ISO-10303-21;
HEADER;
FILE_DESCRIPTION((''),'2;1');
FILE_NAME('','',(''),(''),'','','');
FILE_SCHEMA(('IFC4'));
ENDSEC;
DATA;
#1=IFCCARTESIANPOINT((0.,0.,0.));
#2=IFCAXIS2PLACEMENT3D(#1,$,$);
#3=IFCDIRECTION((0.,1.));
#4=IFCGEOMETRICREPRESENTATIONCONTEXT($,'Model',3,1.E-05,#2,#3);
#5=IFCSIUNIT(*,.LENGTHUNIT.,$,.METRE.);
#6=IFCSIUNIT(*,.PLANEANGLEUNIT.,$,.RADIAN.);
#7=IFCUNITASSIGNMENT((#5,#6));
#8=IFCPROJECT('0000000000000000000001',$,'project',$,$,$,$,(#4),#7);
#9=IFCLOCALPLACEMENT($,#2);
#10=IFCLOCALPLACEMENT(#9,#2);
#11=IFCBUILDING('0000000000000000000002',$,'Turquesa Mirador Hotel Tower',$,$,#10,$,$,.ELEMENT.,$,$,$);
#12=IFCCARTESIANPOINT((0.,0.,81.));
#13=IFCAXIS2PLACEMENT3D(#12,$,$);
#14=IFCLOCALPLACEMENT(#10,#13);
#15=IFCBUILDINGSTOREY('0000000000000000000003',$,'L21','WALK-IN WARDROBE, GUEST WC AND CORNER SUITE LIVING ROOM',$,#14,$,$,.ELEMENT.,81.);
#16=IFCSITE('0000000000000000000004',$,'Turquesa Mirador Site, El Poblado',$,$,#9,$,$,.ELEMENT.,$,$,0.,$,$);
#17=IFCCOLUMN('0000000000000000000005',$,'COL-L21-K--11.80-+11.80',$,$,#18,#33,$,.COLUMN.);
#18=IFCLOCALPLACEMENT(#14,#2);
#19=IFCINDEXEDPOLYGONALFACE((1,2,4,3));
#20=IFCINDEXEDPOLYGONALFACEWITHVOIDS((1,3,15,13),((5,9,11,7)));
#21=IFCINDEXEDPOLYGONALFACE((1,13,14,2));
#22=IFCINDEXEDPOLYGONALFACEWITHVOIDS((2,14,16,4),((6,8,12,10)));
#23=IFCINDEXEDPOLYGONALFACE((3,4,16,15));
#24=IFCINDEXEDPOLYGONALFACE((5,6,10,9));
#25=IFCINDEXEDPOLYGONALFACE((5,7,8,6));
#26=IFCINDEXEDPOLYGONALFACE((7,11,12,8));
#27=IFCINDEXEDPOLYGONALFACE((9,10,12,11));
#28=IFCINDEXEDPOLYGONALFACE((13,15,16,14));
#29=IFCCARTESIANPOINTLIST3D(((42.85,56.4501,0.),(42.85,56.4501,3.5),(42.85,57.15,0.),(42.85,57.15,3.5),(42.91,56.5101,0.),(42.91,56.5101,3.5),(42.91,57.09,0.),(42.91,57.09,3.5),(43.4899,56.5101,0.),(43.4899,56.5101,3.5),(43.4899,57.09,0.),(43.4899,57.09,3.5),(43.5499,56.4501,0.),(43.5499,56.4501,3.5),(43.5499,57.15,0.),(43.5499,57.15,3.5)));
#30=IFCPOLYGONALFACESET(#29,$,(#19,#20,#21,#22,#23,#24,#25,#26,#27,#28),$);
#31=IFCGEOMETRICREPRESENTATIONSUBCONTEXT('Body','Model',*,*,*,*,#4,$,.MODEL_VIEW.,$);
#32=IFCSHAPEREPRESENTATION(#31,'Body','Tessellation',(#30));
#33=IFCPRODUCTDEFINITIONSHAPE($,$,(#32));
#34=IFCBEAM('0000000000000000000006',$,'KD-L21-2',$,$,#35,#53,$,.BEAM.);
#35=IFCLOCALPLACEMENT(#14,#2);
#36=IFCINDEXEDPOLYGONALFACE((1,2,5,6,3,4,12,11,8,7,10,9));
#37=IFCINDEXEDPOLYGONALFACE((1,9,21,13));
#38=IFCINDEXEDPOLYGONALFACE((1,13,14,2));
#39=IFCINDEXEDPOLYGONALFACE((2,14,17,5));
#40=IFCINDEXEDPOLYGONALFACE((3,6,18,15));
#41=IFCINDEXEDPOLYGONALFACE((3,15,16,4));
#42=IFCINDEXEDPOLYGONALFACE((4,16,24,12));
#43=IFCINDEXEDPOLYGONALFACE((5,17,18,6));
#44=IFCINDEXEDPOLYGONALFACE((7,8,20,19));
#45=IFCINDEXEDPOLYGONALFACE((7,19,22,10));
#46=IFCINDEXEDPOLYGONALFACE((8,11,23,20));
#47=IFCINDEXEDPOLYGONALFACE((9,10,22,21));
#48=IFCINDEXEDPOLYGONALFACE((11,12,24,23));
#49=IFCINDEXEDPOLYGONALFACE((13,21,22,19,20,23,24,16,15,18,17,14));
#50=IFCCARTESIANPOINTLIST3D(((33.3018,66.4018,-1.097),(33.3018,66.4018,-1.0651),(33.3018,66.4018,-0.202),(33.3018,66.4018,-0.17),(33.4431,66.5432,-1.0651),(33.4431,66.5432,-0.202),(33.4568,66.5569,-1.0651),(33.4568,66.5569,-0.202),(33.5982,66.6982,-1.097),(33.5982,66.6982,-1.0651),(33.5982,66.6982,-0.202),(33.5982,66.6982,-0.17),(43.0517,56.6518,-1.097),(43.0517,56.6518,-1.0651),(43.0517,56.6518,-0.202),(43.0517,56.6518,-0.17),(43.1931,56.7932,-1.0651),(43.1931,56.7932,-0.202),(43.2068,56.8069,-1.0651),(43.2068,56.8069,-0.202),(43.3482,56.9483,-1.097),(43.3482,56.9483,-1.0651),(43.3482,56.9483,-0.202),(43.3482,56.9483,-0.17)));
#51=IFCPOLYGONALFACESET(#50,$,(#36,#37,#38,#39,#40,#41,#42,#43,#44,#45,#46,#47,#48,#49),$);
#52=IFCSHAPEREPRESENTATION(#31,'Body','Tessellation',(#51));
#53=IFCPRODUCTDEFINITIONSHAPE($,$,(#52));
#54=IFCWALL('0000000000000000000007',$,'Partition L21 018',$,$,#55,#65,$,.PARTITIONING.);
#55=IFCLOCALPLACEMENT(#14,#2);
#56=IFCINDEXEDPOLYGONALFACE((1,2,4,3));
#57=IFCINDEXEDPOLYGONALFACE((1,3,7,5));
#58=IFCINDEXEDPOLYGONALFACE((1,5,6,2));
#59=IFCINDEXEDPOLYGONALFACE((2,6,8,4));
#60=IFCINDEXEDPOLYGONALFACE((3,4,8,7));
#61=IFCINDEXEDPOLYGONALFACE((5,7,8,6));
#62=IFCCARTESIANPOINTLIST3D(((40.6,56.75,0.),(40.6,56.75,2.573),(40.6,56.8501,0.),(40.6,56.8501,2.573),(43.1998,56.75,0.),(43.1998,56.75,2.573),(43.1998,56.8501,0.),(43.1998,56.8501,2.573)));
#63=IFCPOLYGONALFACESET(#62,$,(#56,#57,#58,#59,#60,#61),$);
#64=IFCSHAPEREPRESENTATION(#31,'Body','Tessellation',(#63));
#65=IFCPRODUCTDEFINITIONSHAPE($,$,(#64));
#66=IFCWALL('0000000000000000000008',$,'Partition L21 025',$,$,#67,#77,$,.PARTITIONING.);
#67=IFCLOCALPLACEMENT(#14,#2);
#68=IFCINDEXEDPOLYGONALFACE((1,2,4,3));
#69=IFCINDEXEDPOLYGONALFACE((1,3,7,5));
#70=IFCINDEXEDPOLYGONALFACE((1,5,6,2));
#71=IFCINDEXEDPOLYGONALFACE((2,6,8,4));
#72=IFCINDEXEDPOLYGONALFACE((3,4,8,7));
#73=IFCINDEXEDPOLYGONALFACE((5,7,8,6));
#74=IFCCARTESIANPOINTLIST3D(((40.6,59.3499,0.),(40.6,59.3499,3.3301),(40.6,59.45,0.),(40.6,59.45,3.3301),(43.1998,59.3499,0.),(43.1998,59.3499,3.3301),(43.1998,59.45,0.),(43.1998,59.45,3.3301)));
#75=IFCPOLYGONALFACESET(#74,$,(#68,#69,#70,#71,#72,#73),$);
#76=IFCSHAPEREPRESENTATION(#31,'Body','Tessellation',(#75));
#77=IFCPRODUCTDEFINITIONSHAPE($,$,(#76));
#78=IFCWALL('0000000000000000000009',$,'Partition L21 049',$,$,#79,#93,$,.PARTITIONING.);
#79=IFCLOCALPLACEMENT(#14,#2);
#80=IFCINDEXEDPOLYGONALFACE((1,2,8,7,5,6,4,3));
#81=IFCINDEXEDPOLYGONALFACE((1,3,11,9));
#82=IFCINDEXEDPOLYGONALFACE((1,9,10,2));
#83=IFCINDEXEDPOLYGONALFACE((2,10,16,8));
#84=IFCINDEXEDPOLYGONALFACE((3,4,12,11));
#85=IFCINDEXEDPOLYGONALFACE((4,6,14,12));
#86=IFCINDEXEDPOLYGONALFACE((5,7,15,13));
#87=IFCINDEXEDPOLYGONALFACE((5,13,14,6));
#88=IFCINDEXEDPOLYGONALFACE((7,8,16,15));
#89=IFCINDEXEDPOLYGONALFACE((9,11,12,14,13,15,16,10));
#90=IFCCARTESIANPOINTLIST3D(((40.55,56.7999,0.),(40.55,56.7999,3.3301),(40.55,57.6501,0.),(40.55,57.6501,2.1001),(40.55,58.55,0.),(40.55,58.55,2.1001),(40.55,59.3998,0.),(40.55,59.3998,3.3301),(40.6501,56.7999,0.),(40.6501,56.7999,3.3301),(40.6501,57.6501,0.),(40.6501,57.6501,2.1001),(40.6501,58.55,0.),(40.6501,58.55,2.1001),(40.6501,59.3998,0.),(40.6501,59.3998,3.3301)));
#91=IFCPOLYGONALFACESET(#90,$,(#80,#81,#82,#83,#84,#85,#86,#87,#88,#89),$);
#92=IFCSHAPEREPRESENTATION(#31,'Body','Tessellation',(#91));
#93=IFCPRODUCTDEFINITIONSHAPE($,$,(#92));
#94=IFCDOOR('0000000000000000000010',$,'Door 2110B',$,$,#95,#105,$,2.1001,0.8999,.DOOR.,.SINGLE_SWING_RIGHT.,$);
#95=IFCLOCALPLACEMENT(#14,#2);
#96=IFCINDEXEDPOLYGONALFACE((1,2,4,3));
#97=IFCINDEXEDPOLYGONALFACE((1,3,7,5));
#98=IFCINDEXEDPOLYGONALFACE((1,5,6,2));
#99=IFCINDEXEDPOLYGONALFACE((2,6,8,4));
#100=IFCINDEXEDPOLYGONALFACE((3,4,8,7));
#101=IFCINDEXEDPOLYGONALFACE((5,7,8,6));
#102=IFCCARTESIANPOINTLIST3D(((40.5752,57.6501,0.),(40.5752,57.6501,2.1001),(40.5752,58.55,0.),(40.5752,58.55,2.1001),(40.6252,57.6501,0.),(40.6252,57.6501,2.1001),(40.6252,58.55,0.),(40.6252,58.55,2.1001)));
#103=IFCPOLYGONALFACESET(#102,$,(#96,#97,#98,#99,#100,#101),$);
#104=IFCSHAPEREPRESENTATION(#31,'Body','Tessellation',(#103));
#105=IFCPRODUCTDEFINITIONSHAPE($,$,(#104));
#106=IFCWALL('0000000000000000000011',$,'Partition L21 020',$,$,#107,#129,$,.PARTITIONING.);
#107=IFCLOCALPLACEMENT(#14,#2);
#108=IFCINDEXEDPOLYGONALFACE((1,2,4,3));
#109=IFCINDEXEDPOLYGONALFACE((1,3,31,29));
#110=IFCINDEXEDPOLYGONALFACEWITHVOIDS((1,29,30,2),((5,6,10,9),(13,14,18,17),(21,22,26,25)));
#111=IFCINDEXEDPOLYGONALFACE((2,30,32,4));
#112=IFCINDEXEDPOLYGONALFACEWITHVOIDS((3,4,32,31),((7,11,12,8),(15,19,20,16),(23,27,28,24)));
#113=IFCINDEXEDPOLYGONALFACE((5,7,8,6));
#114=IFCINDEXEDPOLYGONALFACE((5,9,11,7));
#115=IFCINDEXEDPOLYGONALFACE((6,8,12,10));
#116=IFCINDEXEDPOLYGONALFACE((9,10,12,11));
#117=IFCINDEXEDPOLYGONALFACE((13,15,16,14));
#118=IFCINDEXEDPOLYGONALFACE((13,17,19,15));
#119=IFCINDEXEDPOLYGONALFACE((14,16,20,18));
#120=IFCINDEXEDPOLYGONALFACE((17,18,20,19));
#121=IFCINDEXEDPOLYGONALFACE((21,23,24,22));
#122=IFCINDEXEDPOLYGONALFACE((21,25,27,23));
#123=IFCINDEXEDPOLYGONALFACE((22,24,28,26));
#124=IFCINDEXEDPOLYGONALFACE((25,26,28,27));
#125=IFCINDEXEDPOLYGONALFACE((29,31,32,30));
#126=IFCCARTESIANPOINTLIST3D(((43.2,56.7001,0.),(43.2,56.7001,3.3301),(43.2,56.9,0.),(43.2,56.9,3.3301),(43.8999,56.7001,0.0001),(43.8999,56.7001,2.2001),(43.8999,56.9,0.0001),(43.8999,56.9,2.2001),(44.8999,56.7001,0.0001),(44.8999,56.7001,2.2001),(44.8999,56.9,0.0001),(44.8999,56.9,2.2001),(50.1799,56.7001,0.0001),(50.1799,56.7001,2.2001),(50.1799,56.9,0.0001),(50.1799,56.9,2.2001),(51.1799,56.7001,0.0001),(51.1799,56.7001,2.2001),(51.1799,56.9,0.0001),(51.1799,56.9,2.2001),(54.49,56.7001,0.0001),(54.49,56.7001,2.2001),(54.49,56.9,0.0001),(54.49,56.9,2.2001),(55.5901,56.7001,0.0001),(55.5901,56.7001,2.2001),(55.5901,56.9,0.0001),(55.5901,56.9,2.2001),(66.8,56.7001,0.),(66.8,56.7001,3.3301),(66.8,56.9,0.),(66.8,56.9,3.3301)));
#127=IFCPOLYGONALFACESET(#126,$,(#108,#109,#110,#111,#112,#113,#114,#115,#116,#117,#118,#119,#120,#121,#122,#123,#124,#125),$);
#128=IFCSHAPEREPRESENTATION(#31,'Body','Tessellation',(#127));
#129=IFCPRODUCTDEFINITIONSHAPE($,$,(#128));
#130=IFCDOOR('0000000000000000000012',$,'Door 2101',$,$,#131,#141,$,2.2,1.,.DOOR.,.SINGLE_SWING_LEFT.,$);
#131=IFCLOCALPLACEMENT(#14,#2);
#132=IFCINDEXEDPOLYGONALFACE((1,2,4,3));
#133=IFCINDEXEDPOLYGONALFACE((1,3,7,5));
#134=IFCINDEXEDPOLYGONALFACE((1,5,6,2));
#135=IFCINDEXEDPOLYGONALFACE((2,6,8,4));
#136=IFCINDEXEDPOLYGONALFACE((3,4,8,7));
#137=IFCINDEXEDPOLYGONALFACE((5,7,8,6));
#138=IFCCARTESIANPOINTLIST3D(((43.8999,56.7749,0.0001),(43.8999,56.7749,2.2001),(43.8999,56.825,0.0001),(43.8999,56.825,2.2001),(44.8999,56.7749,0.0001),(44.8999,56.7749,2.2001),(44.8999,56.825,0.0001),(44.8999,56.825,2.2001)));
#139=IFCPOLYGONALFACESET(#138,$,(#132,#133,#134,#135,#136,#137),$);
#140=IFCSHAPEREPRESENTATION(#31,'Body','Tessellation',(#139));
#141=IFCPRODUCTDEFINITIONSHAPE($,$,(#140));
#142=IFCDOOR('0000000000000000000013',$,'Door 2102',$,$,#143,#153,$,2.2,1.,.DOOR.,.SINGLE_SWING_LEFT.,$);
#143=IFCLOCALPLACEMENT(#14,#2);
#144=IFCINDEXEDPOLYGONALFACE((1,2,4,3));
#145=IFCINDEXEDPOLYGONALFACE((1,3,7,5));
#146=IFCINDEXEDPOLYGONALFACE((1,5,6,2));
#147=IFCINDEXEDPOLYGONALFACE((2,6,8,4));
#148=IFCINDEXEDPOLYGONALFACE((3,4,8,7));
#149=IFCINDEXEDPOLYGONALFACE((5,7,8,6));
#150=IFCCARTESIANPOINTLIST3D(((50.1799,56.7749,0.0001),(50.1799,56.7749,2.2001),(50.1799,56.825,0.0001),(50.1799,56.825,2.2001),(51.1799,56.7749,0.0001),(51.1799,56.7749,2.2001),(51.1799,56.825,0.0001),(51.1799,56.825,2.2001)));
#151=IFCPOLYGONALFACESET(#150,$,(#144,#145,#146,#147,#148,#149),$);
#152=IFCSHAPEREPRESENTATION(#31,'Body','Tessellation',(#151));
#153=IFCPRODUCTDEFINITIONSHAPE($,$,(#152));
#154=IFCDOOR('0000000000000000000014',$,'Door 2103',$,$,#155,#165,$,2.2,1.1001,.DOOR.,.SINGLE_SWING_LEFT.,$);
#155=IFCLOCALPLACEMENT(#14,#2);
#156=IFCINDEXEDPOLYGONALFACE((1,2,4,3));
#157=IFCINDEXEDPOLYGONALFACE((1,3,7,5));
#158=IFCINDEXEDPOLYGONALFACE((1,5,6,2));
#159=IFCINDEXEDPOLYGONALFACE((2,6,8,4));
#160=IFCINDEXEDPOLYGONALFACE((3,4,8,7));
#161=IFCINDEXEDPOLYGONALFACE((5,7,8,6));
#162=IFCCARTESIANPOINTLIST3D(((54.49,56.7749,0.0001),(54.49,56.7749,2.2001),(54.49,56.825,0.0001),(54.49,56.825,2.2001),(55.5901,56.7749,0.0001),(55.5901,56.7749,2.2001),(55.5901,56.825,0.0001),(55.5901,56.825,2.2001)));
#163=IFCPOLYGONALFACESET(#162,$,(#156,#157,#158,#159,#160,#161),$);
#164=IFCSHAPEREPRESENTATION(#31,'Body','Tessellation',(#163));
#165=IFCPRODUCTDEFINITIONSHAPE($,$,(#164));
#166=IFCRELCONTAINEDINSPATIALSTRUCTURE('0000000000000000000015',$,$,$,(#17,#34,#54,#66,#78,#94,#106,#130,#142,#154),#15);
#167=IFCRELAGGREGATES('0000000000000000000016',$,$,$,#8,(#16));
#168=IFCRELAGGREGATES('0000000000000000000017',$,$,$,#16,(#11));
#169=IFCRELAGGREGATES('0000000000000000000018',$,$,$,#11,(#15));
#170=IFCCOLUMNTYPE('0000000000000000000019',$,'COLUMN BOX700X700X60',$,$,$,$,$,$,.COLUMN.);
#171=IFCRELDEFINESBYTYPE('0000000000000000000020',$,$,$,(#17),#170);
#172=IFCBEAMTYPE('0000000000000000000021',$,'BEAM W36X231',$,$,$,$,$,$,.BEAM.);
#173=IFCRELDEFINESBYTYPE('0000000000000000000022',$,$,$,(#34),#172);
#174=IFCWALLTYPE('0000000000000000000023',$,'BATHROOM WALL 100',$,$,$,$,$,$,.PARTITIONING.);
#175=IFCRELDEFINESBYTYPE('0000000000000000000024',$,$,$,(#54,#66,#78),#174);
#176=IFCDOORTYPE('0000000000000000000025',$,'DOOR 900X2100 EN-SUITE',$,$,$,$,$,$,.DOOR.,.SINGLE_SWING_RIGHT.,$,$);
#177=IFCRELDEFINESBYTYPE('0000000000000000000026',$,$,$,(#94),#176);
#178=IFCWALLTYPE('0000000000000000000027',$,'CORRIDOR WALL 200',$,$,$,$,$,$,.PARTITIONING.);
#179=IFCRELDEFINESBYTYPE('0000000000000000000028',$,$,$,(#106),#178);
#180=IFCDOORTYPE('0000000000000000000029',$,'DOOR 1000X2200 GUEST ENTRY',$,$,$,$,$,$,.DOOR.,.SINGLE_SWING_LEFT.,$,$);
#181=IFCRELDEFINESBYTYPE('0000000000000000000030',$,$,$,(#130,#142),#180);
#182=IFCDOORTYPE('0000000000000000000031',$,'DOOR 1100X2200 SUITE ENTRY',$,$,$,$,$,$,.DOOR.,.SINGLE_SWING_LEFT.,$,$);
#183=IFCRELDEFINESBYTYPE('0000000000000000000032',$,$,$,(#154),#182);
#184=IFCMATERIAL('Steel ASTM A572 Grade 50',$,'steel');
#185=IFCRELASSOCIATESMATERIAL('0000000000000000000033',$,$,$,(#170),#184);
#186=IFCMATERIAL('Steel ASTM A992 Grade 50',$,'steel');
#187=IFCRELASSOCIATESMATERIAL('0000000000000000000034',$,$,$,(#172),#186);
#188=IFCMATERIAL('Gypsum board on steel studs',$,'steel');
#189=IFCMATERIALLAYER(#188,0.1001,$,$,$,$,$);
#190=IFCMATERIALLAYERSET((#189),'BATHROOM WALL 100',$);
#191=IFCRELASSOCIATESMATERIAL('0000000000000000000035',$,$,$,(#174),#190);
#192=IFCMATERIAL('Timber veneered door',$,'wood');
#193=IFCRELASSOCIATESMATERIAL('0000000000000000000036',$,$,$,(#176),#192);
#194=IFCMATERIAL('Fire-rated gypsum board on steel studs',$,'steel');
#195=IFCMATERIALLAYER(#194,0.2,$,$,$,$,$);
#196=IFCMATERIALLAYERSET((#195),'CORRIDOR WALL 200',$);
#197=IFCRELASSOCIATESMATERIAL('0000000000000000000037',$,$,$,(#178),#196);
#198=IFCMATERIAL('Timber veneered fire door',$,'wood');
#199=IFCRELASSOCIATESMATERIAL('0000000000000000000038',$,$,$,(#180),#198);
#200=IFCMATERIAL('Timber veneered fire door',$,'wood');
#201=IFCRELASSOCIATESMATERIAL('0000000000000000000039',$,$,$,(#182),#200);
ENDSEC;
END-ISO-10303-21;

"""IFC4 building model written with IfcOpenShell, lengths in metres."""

from ifc_helpers import new_model, si_unit, direction, frame, frame_2d, origin, origin_2d, place, context, subcontext, project, spatial, rectangle, hollow_rectangle, i_section, extrude, material, layer, layer_set, material_profile, profile_set, type_object, element, fill, save


model = new_model("IFC4")

# Units and contexts
model_context = context("Model", 3, precision=1e-05, world=origin(), true_north=direction((0.0, 1.0)))
body_context = subcontext(model_context, "Body", "Model", "MODEL_VIEW")
ifc_project = project(units=[si_unit("LENGTHUNIT", "METRE"), si_unit("PLANEANGLEUNIT", "RADIAN")], contexts=[model_context])

# Site, building, storey
site_placement = place(None, origin())
site = spatial("IfcSite", under=ifc_project, at=site_placement, Name="Turquesa Mirador Site, El Poblado", CompositionType="ELEMENT", RefElevation=0.0)
building_placement = place(site_placement, origin())
building = spatial("IfcBuilding", under=site, at=building_placement, Name="Turquesa Mirador Hotel Tower", CompositionType="ELEMENT")
storey_placement = place(building_placement, frame((0.0, 0.0, 81.0)))
storey = spatial("IfcBuildingStorey", under=building, at=storey_placement, Name="L21", Description="WALK-IN WARDROBE, GUEST WC AND CORNER SUITE LIVING ROOM", CompositionType="ELEMENT", Elevation=81.0)

# Column
ifc_material_1 = material(Name="Steel ASTM A572 Grade 50", Category="steel")
ifc_material_profile_1 = material_profile(ifc_material_1, hollow_rectangle(XDim=0.7, YDim=0.7, WallThickness=0.0601, at=origin_2d()), Name="BOX700X700X60")
ifc_profile_set_1 = profile_set([ifc_material_profile_1], Name="Steel ASTM A572 Grade 50")
column_type = type_object("IfcColumnType", Name="COLUMN BOX700X700X60", PredefinedType="COLUMN", material=ifc_profile_set_1)
column_placement = place(storey_placement, frame((43.2, 56.8, 0.0), z_axis=(0.0, 0.0, 1.0), x_axis=(1.0, 0.0, 0.0)))
element("IfcColumn", 1, at=column_placement, inside=storey, type_object=column_type, Name="COL-L21-K--11.80-+11.80", PredefinedType="COLUMN", context=body_context, shape_type="SweptSolid", body=[
    extrude(hollow_rectangle(XDim=0.7, YDim=0.7, WallThickness=0.0601, at=origin_2d()), origin(), (0.0, 0.0, 1.0), 3.5),
])

# Beam
ifc_material_2 = material(Name="Steel ASTM A992 Grade 50", Category="steel")
ifc_material_profile_2 = material_profile(ifc_material_2, i_section(OverallWidth=0.4192, OverallDepth=0.927, WebThickness=0.0193, FlangeThickness=0.032, at=origin_2d()), Name="W36X231")
ifc_profile_set_2 = profile_set([ifc_material_profile_2], Name="Steel ASTM A992 Grade 50")
beam_type = type_object("IfcBeamType", Name="BEAM W36X231", PredefinedType="BEAM", material=ifc_profile_set_2)
beam_placement = place(storey_placement, frame((43.2, 56.8, -0.6335), z_axis=(-0.707107, 0.707107, 0.0), x_axis=(-0.707107, -0.707107, 0.0)))
element("IfcBeam", 2, at=beam_placement, inside=storey, type_object=beam_type, Name="KD-L21-2", PredefinedType="BEAM", context=body_context, shape_type="SweptSolid", body=[
    extrude(i_section(OverallWidth=0.4192, OverallDepth=0.927, WebThickness=0.0193, FlangeThickness=0.032, at=origin_2d()), origin(), (0.0, 0.0, 1.0), 13.7886),
])

# Walls
ifc_material_3 = material(Name="Gypsum board on steel studs", Category="steel")
ifc_layer_1 = layer(ifc_material_3, 0.1001)
ifc_layer_set_1 = layer_set([ifc_layer_1], Name="BATHROOM WALL 100")
wall_type_1 = type_object("IfcWallType", Name="BATHROOM WALL 100", PredefinedType="PARTITIONING", material=ifc_layer_set_1)
wall_1_placement = place(storey_placement, frame((40.6001, 56.8, 0.0), z_axis=(0.0, 0.0, 1.0), x_axis=(1.0, 0.0, 0.0)))
element("IfcWall", 3, at=wall_1_placement, inside=storey, type_object=wall_type_1, Name="Partition L21 018", PredefinedType="PARTITIONING", context=body_context, shape_type="SweptSolid", body=[
    extrude(rectangle(XDim=2.5999, YDim=0.1001, at=frame_2d((1.2998, 0.0))), origin(), (0.0, 0.0, 1.0), 2.573),
])
wall_2_placement = place(storey_placement, frame((40.6001, 59.3999, 0.0), z_axis=(0.0, 0.0, 1.0), x_axis=(1.0, 0.0, 0.0)))
element("IfcWall", 4, at=wall_2_placement, inside=storey, type_object=wall_type_1, Name="Partition L21 025", PredefinedType="PARTITIONING", context=body_context, shape_type="SweptSolid", body=[
    extrude(rectangle(XDim=2.5999, YDim=0.1001, at=frame_2d((1.2998, 0.0))), origin(), (0.0, 0.0, 1.0), 3.3301),
])

# Wall, opening, door
wall_3_placement = place(storey_placement, frame((40.6001, 56.8, 0.0), z_axis=(0.0, 0.0, 1.0), x_axis=(0.0, 1.0, 0.0)))
wall_3 = element("IfcWall", 5, at=wall_3_placement, inside=storey, type_object=wall_type_1, Name="Partition L21 049", PredefinedType="PARTITIONING", context=body_context, shape_type="SweptSolid", body=[
    extrude(rectangle(XDim=2.5999, YDim=0.1001, at=frame_2d((1.2998, 0.0))), origin(), (0.0, 0.0, 1.0), 3.3301),
])
opening_1_placement = place(wall_3_placement, frame((0.8501, 0.0, 0.0)))
opening_1 = element("IfcOpeningElement", 6, at=opening_1_placement, cuts=wall_3, PredefinedType="OPENING", context=body_context, shape_type="SweptSolid", body=[
    extrude(rectangle(XDim=0.8999, YDim=2.1001, at=frame_2d((0.45, 1.05))), frame((0.0, 0.0601, 0.0), z_axis=(0.0, -1.0, 0.0), x_axis=(1.0, 0.0, 0.0)), (0.0, 0.0, 1.0), 0.1201),
])
ifc_material_4 = material(Name="Timber veneered door", Category="wood")
door_type_1 = type_object("IfcDoorType", Name="DOOR 900X2100 EN-SUITE", OperationType="SINGLE_SWING_RIGHT", PredefinedType="DOOR", material=ifc_material_4)
door_1_placement = place(opening_1_placement, origin())
door_1 = element("IfcDoor", 7, at=door_1_placement, inside=storey, type_object=door_type_1, Name="Door 2110B", OperationType="SINGLE_SWING_RIGHT", OverallHeight=2.1001, OverallWidth=0.8999, PredefinedType="DOOR", context=body_context, shape_type="SweptSolid", body=[
    extrude(rectangle(XDim=0.8999, YDim=2.1001, at=frame_2d((0.45, 1.05))), frame((0.0, 0.0249, 0.0), z_axis=(0.0, -1.0, 0.0), x_axis=(1.0, 0.0, 0.0)), (0.0, 0.0, 1.0), 0.05),
])
fill(opening_1, door_1)

# Wall, openings, doors
ifc_material_5 = material(Name="Fire-rated gypsum board on steel studs", Category="steel")
ifc_layer_2 = layer(ifc_material_5, 0.2)
ifc_layer_set_2 = layer_set([ifc_layer_2], Name="CORRIDOR WALL 200")
wall_type_2 = type_object("IfcWallType", Name="CORRIDOR WALL 200", PredefinedType="PARTITIONING", material=ifc_layer_set_2)
wall_4_placement = place(storey_placement, frame((43.2, 56.8, 0.0), z_axis=(0.0, 0.0, 1.0), x_axis=(1.0, 0.0, 0.0)))
wall_4 = element("IfcWall", 8, at=wall_4_placement, inside=storey, type_object=wall_type_2, Name="Partition L21 020", PredefinedType="PARTITIONING", context=body_context, shape_type="SweptSolid", body=[
    extrude(rectangle(XDim=23.6001, YDim=0.2, at=frame_2d((11.8, 0.0))), origin(), (0.0, 0.0, 1.0), 3.3301),
])
opening_2_placement = place(wall_4_placement, frame((0.7, 0.0, 0.0)))
opening_2 = element("IfcOpeningElement", 9, at=opening_2_placement, cuts=wall_4, PredefinedType="OPENING", context=body_context, shape_type="SweptSolid", body=[
    extrude(rectangle(XDim=1.0, YDim=2.2, at=frame_2d((0.5, 1.1001))), frame((0.0, 0.1099, 0.0), z_axis=(0.0, -1.0, 0.0), x_axis=(1.0, 0.0, 0.0)), (0.0, 0.0, 1.0), 0.22),
])
opening_3_placement = place(wall_4_placement, frame((6.98, 0.0, 0.0)))
opening_3 = element("IfcOpeningElement", 10, at=opening_3_placement, cuts=wall_4, PredefinedType="OPENING", context=body_context, shape_type="SweptSolid", body=[
    extrude(rectangle(XDim=1.0, YDim=2.2, at=frame_2d((0.5, 1.1001))), frame((0.0, 0.1099, 0.0), z_axis=(0.0, -1.0, 0.0), x_axis=(1.0, 0.0, 0.0)), (0.0, 0.0, 1.0), 0.22),
])
opening_4_placement = place(wall_4_placement, frame((11.29, 0.0, 0.0)))
opening_4 = element("IfcOpeningElement", 11, at=opening_4_placement, cuts=wall_4, PredefinedType="OPENING", context=body_context, shape_type="SweptSolid", body=[
    extrude(rectangle(XDim=1.1001, YDim=2.2, at=frame_2d((0.55, 1.1001))), frame((0.0, 0.1099, 0.0), z_axis=(0.0, -1.0, 0.0), x_axis=(1.0, 0.0, 0.0)), (0.0, 0.0, 1.0), 0.22),
])
ifc_material_6 = material(Name="Timber veneered fire door", Category="wood")
door_type_2 = type_object("IfcDoorType", Name="DOOR 1000X2200 GUEST ENTRY", OperationType="SINGLE_SWING_LEFT", PredefinedType="DOOR", material=ifc_material_6)
door_2_placement = place(opening_2_placement, origin())
door_2 = element("IfcDoor", 12, at=door_2_placement, inside=storey, type_object=door_type_2, Name="Door 2101", OperationType="SINGLE_SWING_LEFT", OverallHeight=2.2, OverallWidth=1.0, PredefinedType="DOOR", context=body_context, shape_type="SweptSolid", body=[
    extrude(rectangle(XDim=1.0, YDim=2.2, at=frame_2d((0.5, 1.1001))), frame((0.0, 0.0249, 0.0), z_axis=(0.0, -1.0, 0.0), x_axis=(1.0, 0.0, 0.0)), (0.0, 0.0, 1.0), 0.05),
])
fill(opening_2, door_2)
door_3_placement = place(opening_3_placement, origin())
door_3 = element("IfcDoor", 13, at=door_3_placement, inside=storey, type_object=door_type_2, Name="Door 2102", OperationType="SINGLE_SWING_LEFT", OverallHeight=2.2, OverallWidth=1.0, PredefinedType="DOOR", context=body_context, shape_type="SweptSolid", body=[
    extrude(rectangle(XDim=1.0, YDim=2.2, at=frame_2d((0.5, 1.1001))), frame((0.0, 0.0249, 0.0), z_axis=(0.0, -1.0, 0.0), x_axis=(1.0, 0.0, 0.0)), (0.0, 0.0, 1.0), 0.05),
])
fill(opening_3, door_3)
ifc_material_7 = material(Name="Timber veneered fire door", Category="wood")
door_type_3 = type_object("IfcDoorType", Name="DOOR 1100X2200 SUITE ENTRY", OperationType="SINGLE_SWING_LEFT", PredefinedType="DOOR", material=ifc_material_7)
door_4_placement = place(opening_4_placement, origin())
door_4 = element("IfcDoor", 14, at=door_4_placement, inside=storey, type_object=door_type_3, Name="Door 2103", OperationType="SINGLE_SWING_LEFT", OverallHeight=2.2, OverallWidth=1.1001, PredefinedType="DOOR", context=body_context, shape_type="SweptSolid", body=[
    extrude(rectangle(XDim=1.1001, YDim=2.2, at=frame_2d((0.55, 1.1001))), frame((0.0, 0.0249, 0.0), z_axis=(0.0, -1.0, 0.0), x_axis=(1.0, 0.0, 0.0)), (0.0, 0.0, 1.0), 0.05),
])
fill(opening_4, door_4)

save(model, "model.ifc")
